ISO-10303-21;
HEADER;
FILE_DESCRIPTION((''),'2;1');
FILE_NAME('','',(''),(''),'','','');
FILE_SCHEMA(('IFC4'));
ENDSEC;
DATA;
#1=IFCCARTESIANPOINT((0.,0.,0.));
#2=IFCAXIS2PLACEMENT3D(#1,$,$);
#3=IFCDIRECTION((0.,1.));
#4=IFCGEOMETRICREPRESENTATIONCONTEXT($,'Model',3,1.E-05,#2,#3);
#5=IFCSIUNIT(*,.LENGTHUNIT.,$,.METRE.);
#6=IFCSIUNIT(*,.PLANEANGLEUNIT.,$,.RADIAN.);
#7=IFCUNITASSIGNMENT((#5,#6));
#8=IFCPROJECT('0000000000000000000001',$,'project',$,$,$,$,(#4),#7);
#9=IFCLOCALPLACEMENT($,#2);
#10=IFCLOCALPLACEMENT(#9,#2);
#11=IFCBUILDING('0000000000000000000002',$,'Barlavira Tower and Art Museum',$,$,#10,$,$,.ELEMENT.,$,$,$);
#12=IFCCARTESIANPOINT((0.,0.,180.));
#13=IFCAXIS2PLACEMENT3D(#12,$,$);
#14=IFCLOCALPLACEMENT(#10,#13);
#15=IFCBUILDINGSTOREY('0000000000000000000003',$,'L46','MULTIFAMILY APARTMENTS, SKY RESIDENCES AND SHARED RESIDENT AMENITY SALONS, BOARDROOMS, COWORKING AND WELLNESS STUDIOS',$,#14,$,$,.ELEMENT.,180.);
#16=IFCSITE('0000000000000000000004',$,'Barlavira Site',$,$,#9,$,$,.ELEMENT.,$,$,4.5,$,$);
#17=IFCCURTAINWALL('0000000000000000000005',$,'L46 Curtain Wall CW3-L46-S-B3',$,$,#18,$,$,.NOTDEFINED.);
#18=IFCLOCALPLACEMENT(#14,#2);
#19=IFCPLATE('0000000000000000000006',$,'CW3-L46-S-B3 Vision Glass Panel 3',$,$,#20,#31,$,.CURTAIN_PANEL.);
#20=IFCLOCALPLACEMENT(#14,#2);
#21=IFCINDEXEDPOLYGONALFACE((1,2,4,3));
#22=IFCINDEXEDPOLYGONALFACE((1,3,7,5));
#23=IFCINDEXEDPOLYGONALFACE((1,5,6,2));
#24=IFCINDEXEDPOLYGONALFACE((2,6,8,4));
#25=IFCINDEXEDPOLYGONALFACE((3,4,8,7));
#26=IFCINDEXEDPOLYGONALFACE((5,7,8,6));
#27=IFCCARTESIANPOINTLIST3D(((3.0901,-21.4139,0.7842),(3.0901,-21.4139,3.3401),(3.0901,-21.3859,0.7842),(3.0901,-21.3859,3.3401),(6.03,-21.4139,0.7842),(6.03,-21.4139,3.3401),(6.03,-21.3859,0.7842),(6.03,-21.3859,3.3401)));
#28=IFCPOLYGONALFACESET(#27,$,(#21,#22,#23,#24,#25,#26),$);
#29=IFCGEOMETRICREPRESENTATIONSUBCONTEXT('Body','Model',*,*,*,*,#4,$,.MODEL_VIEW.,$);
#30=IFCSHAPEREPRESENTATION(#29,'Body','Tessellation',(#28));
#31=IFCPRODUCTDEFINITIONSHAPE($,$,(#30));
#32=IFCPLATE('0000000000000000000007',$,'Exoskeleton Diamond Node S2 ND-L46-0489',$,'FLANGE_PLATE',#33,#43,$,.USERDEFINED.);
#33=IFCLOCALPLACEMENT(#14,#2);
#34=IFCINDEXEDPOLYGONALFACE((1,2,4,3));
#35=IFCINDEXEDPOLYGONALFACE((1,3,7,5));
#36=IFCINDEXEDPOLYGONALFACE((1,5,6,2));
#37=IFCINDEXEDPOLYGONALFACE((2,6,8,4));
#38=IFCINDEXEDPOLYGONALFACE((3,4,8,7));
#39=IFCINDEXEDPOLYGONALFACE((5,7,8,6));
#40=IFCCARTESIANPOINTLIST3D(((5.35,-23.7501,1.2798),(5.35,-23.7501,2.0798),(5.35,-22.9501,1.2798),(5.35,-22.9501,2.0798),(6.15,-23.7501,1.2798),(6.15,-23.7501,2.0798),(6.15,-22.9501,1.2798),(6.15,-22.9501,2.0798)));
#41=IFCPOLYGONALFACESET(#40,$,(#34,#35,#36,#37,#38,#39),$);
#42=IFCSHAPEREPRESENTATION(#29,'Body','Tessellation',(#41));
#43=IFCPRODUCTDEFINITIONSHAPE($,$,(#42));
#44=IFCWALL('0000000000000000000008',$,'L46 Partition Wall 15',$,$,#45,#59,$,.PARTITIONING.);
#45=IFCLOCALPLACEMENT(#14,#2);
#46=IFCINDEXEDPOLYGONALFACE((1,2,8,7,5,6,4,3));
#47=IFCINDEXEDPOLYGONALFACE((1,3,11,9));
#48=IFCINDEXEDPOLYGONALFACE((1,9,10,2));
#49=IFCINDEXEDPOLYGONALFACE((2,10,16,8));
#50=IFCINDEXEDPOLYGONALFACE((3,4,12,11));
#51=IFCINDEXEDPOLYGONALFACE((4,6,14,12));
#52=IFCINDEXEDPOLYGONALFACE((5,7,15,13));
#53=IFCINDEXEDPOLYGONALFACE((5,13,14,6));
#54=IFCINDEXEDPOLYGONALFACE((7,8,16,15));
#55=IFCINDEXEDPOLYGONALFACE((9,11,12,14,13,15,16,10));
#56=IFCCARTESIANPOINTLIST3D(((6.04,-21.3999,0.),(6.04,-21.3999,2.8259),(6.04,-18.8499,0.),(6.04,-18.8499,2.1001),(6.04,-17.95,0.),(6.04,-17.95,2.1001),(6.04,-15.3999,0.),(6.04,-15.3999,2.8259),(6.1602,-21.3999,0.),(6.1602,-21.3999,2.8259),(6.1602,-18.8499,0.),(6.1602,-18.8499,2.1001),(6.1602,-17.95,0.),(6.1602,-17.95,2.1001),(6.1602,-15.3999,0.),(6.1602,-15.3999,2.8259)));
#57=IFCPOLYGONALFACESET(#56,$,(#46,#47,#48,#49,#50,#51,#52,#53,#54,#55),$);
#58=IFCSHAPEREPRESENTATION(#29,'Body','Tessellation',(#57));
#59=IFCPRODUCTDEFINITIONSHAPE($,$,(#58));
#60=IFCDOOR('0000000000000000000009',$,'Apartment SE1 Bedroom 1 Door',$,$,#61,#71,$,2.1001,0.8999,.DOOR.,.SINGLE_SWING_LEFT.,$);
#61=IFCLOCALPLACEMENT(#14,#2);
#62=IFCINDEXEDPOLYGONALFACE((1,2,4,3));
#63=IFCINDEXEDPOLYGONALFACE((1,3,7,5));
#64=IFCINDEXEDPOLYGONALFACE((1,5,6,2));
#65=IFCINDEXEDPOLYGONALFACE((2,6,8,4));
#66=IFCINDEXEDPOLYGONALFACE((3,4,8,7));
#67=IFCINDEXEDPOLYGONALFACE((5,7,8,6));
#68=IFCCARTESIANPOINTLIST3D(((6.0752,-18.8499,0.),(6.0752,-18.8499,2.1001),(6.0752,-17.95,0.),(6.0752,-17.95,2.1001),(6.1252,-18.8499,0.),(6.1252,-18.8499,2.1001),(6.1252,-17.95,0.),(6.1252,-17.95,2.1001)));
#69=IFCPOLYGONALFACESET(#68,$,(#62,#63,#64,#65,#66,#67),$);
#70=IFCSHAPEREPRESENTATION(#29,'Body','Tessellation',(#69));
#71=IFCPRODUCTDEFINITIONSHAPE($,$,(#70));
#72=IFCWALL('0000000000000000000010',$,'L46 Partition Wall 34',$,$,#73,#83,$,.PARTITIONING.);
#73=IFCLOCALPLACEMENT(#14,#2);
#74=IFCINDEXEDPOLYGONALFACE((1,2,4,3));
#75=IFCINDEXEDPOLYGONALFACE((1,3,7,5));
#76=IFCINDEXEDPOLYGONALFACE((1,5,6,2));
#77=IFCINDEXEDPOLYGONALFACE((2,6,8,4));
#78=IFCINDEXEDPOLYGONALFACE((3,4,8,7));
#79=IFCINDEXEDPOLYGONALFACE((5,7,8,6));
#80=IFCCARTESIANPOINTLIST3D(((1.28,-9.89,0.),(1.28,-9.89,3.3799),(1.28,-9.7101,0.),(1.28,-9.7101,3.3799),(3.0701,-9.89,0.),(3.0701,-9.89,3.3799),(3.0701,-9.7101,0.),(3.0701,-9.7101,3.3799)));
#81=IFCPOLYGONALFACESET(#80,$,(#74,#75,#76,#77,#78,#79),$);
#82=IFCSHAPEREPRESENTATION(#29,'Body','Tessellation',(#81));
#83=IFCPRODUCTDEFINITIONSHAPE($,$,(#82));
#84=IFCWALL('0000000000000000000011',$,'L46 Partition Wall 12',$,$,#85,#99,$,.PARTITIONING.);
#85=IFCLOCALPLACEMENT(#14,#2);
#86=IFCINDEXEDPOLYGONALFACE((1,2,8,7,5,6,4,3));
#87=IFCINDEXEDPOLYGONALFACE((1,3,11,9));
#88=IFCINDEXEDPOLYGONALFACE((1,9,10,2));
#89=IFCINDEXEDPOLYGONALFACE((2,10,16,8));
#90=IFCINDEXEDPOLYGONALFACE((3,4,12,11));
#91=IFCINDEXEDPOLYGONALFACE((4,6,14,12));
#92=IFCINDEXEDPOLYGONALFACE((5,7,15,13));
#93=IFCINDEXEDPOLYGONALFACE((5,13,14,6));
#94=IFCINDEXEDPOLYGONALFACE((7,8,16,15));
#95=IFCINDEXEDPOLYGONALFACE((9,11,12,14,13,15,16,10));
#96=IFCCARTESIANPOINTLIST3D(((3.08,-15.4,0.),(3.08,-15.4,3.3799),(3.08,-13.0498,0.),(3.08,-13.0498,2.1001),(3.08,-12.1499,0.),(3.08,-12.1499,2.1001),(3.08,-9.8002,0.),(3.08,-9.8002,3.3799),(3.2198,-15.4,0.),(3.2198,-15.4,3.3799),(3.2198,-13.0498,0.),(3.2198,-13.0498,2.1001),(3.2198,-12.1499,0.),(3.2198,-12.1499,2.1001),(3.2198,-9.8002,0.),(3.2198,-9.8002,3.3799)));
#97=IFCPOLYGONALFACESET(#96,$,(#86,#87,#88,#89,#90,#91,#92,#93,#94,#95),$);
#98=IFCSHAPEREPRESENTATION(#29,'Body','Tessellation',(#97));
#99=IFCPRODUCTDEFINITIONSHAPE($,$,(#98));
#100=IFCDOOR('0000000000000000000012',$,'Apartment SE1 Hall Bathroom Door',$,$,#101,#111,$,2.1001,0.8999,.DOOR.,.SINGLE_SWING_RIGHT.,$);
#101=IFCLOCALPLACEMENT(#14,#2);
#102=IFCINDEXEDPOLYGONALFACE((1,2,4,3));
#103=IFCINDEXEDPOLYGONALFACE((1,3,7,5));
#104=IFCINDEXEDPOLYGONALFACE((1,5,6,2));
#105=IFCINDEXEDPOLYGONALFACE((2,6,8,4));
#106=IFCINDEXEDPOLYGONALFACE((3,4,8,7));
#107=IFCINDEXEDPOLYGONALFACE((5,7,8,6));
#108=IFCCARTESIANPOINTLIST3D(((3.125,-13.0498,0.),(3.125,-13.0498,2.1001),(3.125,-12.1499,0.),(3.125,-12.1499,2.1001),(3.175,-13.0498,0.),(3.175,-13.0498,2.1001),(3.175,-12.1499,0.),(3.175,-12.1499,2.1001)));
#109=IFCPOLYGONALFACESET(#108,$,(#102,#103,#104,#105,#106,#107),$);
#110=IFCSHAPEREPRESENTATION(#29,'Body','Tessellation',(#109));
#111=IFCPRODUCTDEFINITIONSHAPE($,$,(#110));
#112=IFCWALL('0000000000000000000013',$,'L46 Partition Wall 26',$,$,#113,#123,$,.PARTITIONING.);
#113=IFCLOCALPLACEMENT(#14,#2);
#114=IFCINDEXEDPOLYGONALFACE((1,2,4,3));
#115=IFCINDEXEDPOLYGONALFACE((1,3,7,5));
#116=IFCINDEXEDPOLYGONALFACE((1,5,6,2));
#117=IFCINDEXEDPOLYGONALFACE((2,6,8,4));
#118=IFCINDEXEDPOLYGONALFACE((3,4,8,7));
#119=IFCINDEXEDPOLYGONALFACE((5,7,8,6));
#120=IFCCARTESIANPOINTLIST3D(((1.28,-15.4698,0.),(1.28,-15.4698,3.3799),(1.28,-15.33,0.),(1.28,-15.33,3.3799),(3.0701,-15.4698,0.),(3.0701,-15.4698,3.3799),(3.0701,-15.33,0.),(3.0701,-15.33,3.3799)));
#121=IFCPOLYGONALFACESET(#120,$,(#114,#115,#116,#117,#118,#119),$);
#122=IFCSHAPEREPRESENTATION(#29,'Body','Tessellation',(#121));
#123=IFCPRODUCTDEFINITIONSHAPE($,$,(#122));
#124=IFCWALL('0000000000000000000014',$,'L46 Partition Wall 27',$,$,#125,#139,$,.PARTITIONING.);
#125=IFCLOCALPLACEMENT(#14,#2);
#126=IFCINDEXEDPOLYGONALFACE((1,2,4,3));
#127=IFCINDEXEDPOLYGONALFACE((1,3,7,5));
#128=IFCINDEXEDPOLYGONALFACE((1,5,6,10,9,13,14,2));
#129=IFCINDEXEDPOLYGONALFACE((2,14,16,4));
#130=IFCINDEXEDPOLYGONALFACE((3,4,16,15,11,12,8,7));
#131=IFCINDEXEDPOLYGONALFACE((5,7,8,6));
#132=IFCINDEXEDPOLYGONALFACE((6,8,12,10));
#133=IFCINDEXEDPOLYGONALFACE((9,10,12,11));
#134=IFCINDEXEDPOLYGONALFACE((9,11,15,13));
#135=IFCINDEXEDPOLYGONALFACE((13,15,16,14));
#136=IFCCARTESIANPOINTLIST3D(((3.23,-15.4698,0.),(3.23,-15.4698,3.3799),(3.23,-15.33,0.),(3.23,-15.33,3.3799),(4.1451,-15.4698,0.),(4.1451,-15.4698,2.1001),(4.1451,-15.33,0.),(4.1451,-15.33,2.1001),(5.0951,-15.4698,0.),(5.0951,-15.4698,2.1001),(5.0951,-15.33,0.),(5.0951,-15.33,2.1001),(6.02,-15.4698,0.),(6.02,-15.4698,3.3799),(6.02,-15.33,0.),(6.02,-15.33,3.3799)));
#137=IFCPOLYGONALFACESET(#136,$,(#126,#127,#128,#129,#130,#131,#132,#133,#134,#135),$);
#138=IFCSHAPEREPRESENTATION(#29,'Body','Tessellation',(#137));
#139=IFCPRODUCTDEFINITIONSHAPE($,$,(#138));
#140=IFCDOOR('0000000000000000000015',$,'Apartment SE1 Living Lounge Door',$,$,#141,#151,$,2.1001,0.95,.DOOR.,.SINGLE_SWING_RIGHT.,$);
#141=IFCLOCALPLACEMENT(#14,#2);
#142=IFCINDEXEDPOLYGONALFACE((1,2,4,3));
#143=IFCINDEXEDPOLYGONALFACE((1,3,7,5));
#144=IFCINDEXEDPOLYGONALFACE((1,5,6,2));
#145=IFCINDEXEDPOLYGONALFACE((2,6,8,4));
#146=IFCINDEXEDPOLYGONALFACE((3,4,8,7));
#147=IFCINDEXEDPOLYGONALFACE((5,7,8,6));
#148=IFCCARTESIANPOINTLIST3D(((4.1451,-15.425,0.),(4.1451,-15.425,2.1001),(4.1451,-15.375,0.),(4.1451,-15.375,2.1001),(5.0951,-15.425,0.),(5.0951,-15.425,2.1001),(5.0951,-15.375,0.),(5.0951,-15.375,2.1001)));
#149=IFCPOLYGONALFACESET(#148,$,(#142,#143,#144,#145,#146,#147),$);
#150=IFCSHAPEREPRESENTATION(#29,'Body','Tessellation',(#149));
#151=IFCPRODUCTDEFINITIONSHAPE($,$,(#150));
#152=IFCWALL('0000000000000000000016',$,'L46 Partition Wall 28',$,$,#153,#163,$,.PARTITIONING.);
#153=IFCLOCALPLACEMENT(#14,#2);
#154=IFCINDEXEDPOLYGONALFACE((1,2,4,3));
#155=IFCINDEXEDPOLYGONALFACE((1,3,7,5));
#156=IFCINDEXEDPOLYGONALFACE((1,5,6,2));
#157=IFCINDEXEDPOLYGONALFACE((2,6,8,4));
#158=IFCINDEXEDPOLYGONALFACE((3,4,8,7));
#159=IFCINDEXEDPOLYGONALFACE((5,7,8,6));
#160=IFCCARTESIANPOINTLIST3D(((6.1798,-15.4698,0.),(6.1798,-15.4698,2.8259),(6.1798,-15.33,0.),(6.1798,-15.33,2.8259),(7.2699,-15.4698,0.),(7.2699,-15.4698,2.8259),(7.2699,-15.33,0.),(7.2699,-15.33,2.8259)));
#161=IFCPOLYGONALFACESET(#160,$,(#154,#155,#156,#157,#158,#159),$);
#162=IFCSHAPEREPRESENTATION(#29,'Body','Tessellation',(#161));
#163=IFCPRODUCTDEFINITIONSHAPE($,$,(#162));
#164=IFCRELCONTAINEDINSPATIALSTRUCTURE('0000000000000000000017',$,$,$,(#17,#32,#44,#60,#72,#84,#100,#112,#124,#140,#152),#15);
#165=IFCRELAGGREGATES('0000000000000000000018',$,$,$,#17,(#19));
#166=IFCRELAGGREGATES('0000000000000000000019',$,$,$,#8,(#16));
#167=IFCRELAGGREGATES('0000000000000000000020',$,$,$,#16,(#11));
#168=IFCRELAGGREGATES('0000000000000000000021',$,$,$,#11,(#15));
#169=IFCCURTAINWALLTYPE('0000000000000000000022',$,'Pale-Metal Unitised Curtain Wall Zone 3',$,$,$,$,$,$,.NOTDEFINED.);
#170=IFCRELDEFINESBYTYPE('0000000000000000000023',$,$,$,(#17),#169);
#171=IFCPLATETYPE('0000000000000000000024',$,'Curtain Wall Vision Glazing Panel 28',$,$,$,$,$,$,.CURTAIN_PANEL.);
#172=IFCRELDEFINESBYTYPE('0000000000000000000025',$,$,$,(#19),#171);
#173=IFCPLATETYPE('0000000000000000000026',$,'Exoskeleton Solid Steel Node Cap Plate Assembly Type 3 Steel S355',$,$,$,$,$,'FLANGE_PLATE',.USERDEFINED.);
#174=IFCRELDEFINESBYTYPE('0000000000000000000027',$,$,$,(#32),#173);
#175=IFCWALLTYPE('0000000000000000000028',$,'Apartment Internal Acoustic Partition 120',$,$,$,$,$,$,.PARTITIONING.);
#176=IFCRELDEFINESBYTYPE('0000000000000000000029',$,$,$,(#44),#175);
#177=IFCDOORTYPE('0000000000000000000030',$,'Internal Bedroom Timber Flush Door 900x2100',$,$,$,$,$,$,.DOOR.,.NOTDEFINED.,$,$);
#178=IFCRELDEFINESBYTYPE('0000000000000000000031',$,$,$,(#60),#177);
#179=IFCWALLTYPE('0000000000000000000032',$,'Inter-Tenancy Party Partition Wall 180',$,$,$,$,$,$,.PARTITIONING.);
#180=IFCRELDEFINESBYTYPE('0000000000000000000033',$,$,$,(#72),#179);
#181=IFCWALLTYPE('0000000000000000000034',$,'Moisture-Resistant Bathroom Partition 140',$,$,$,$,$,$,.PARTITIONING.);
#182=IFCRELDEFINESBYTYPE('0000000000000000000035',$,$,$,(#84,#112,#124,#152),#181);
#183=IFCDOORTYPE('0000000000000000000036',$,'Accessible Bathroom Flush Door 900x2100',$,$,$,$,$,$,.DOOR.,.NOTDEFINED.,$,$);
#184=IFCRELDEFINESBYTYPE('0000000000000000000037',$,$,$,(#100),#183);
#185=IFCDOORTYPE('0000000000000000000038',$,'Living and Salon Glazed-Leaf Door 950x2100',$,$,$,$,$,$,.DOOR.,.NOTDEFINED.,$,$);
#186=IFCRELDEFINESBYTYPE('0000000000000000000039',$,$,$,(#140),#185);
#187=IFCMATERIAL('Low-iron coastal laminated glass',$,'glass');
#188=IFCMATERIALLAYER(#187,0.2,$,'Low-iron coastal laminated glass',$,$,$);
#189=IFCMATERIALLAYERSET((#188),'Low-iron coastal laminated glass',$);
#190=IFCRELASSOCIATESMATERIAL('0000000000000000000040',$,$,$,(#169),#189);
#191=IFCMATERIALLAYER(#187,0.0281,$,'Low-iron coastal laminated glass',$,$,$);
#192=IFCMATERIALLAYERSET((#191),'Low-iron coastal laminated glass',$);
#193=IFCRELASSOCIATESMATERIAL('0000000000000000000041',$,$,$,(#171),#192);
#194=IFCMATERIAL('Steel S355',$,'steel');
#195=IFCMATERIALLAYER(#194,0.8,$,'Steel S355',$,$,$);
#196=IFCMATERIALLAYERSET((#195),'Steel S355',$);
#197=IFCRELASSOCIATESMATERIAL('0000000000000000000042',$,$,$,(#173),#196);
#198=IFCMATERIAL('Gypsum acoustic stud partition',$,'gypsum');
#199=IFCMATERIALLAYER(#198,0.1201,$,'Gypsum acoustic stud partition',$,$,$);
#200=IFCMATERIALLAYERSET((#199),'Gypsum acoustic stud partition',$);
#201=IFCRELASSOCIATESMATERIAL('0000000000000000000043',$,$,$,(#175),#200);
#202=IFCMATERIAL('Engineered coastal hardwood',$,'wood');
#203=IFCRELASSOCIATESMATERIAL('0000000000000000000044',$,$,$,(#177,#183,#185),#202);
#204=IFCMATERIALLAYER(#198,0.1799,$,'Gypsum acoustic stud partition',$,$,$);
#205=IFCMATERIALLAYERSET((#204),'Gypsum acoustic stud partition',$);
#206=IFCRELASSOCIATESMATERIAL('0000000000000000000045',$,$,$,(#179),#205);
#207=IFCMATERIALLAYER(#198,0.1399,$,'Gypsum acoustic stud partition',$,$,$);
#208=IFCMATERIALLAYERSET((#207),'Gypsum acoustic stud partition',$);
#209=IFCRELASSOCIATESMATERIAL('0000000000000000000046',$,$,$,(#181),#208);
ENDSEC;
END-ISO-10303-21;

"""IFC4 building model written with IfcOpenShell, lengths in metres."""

from ifc_helpers import new_model, si_unit, direction, frame, frame_2d, origin, origin_2d, place, context, subcontext, project, spatial, rectangle, extrude, material, layer, layer_set, type_object, element, fill, aggregate, save


model = new_model("IFC4")

# Units and contexts
model_context = context("Model", 3, precision=1e-05, world=origin(), true_north=direction((0.0, 1.0)))
body_context = subcontext(model_context, "Body", "Model", "MODEL_VIEW")
ifc_project = project(units=[si_unit("LENGTHUNIT", "METRE"), si_unit("PLANEANGLEUNIT", "RADIAN")], contexts=[model_context])

# Site, building, storey
site_placement = place(None, origin())
site = spatial("IfcSite", under=ifc_project, at=site_placement, Name="Barlavira Site", CompositionType="ELEMENT", RefElevation=4.5)
building_placement = place(site_placement, origin())
building = spatial("IfcBuilding", under=site, at=building_placement, Name="Barlavira Tower and Art Museum", CompositionType="ELEMENT")
storey_placement = place(building_placement, frame((0.0, 0.0, 180.0)))
storey = spatial("IfcBuildingStorey", under=building, at=storey_placement, Name="L46", Description="MULTIFAMILY APARTMENTS, SKY RESIDENCES AND SHARED RESIDENT AMENITY SALONS, BOARDROOMS, COWORKING AND WELLNESS STUDIOS", CompositionType="ELEMENT", Elevation=180.0)

# Curtain wall
ifc_material_1 = material(Name="Low-iron coastal laminated glass", Category="glass")
ifc_layer_1 = layer(ifc_material_1, 0.2, Name="Low-iron coastal laminated glass")
ifc_layer_set_1 = layer_set([ifc_layer_1], Name="Low-iron coastal laminated glass")
curtain_wall_type = type_object("IfcCurtainWallType", Name="Pale-Metal Unitised Curtain Wall Zone 3", PredefinedType="NOTDEFINED", material=ifc_layer_set_1)
curtain_wall_placement = place(storey_placement, origin())
curtain_wall = element("IfcCurtainWall", 1, at=curtain_wall_placement, inside=storey, type_object=curtain_wall_type, Name="L46 Curtain Wall CW3-L46-S-B3", PredefinedType="NOTDEFINED")

# Shared definitions
ifc_material_2 = material(Name="Steel S355", Category="steel")

# Plates
ifc_layer_2 = layer(ifc_material_1, 0.0281, Name="Low-iron coastal laminated glass")
ifc_layer_set_2 = layer_set([ifc_layer_2], Name="Low-iron coastal laminated glass")
plate_type_1 = type_object("IfcPlateType", Name="Curtain Wall Vision Glazing Panel 28", PredefinedType="CURTAIN_PANEL", material=ifc_layer_set_2)
plate_1_placement = place(storey_placement, frame((4.5601, -21.3999, 0.7842), z_axis=(0.0, 0.0, 1.0), x_axis=(1.0, 0.0, 0.0)))
plate_1 = element("IfcPlate", 2, at=plate_1_placement, type_object=plate_type_1, Name="CW3-L46-S-B3 Vision Glass Panel 3", PredefinedType="CURTAIN_PANEL", context=body_context, shape_type="SweptSolid", body=[
    extrude(rectangle(XDim=2.9399, YDim=0.0281, at=origin_2d()), origin(), (0.0, 0.0, 1.0), 2.5559),
])
aggregate(curtain_wall, [plate_1])
ifc_layer_3 = layer(ifc_material_2, 0.8, Name="Steel S355")
ifc_layer_set_3 = layer_set([ifc_layer_3], Name="Steel S355")
plate_type_2 = type_object("IfcPlateType", Name="Exoskeleton Solid Steel Node Cap Plate Assembly Type 3 Steel S355", ElementType="FLANGE_PLATE", PredefinedType="USERDEFINED", material=ifc_layer_set_3)
plate_2_placement = place(storey_placement, frame((5.75, -23.3501, 1.2798), z_axis=(0.0, 0.0, 1.0), x_axis=(1.0, 0.0, 0.0)))
element("IfcPlate", 3, at=plate_2_placement, inside=storey, type_object=plate_type_2, Name="Exoskeleton Diamond Node S2 ND-L46-0489", ObjectType="FLANGE_PLATE", PredefinedType="USERDEFINED", context=body_context, shape_type="SweptSolid", body=[
    extrude(rectangle(XDim=0.8, YDim=0.8, at=origin_2d()), origin(), (0.0, 0.0, 1.0), 0.8),
])

# Wall, opening, door
ifc_material_3 = material(Name="Gypsum acoustic stud partition", Category="gypsum")
ifc_layer_4 = layer(ifc_material_3, 0.1201, Name="Gypsum acoustic stud partition")
ifc_layer_set_4 = layer_set([ifc_layer_4], Name="Gypsum acoustic stud partition")
wall_type_1 = type_object("IfcWallType", Name="Apartment Internal Acoustic Partition 120", PredefinedType="PARTITIONING", material=ifc_layer_set_4)
wall_1_placement = place(storey_placement, frame((6.1001, -21.3999, 0.0), z_axis=(0.0, 0.0, 1.0), x_axis=(0.0, 1.0, 0.0)))
wall_1 = element("IfcWall", 4, at=wall_1_placement, inside=storey, type_object=wall_type_1, Name="L46 Partition Wall 15", PredefinedType="PARTITIONING", context=body_context, shape_type="SweptSolid", body=[
    extrude(rectangle(XDim=6.0, YDim=0.1201, at=frame_2d((3.0, 0.0))), origin(), (0.0, 0.0, 1.0), 2.8259),
])
opening_1_placement = place(wall_1_placement, frame((2.55, 0.0, 0.0)))
opening_1 = element("IfcOpeningElement", 5, at=opening_1_placement, cuts=wall_1, PredefinedType="OPENING", context=body_context, shape_type="SweptSolid", body=[
    extrude(rectangle(XDim=0.8999, YDim=2.1001, at=frame_2d((0.45, 1.05))), frame((0.0, 0.0701, 0.0), z_axis=(0.0, -1.0, 0.0), x_axis=(1.0, 0.0, 0.0)), (0.0, 0.0, 1.0), 0.1401),
])
ifc_material_4 = material(Name="Engineered coastal hardwood", Category="wood")
door_type_1 = type_object("IfcDoorType", Name="Internal Bedroom Timber Flush Door 900x2100", OperationType="NOTDEFINED", PredefinedType="DOOR", material=ifc_material_4)
door_1_placement = place(opening_1_placement, origin())
door_1 = element("IfcDoor", 6, at=door_1_placement, inside=storey, type_object=door_type_1, Name="Apartment SE1 Bedroom 1 Door", OperationType="SINGLE_SWING_LEFT", OverallHeight=2.1001, OverallWidth=0.8999, PredefinedType="DOOR", context=body_context, shape_type="SweptSolid", body=[
    extrude(rectangle(XDim=0.8999, YDim=2.1001, at=frame_2d((0.45, 1.05))), frame((0.0, 0.0249, 0.0), z_axis=(0.0, -1.0, 0.0), x_axis=(1.0, 0.0, 0.0)), (0.0, 0.0, 1.0), 0.05),
])
fill(opening_1, door_1)

# Wall
ifc_layer_5 = layer(ifc_material_3, 0.1799, Name="Gypsum acoustic stud partition")
ifc_layer_set_5 = layer_set([ifc_layer_5], Name="Gypsum acoustic stud partition")
wall_type_2 = type_object("IfcWallType", Name="Inter-Tenancy Party Partition Wall 180", PredefinedType="PARTITIONING", material=ifc_layer_set_5)
wall_2_placement = place(storey_placement, frame((1.28, -9.8, 0.0), z_axis=(0.0, 0.0, 1.0), x_axis=(1.0, 0.0, 0.0)))
element("IfcWall", 7, at=wall_2_placement, inside=storey, type_object=wall_type_2, Name="L46 Partition Wall 34", PredefinedType="PARTITIONING", context=body_context, shape_type="SweptSolid", body=[
    extrude(rectangle(XDim=1.79, YDim=0.1799, at=frame_2d((0.895, 0.0))), origin(), (0.0, 0.0, 1.0), 3.3799),
])

# Wall, opening, door
ifc_layer_6 = layer(ifc_material_3, 0.1399, Name="Gypsum acoustic stud partition")
ifc_layer_set_6 = layer_set([ifc_layer_6], Name="Gypsum acoustic stud partition")
wall_type_3 = type_object("IfcWallType", Name="Moisture-Resistant Bathroom Partition 140", PredefinedType="PARTITIONING", material=ifc_layer_set_6)
wall_3_placement = place(storey_placement, frame((3.1499, -15.3999, 0.0), z_axis=(0.0, 0.0, 1.0), x_axis=(0.0, 1.0, 0.0)))
wall_3 = element("IfcWall", 8, at=wall_3_placement, inside=storey, type_object=wall_type_3, Name="L46 Partition Wall 12", PredefinedType="PARTITIONING", context=body_context, shape_type="SweptSolid", body=[
    extrude(rectangle(XDim=5.5999, YDim=0.1399, at=frame_2d((2.7998, 0.0))), origin(), (0.0, 0.0, 1.0), 3.3799),
])
opening_2_placement = place(wall_3_placement, frame((2.3501, 0.0, 0.0)))
opening_2 = element("IfcOpeningElement", 9, at=opening_2_placement, cuts=wall_3, PredefinedType="OPENING", context=body_context, shape_type="SweptSolid", body=[
    extrude(rectangle(XDim=0.8999, YDim=2.1001, at=frame_2d((0.45, 1.05))), frame((0.0, 0.0801, 0.0), z_axis=(0.0, -1.0, 0.0), x_axis=(1.0, 0.0, 0.0)), (0.0, 0.0, 1.0), 0.1599),
])
door_type_2 = type_object("IfcDoorType", Name="Accessible Bathroom Flush Door 900x2100", OperationType="NOTDEFINED", PredefinedType="DOOR", material=ifc_material_4)
door_2_placement = place(opening_2_placement, origin())
door_2 = element("IfcDoor", 10, at=door_2_placement, inside=storey, type_object=door_type_2, Name="Apartment SE1 Hall Bathroom Door", OperationType="SINGLE_SWING_RIGHT", OverallHeight=2.1001, OverallWidth=0.8999, PredefinedType="DOOR", context=body_context, shape_type="SweptSolid", body=[
    extrude(rectangle(XDim=0.8999, YDim=2.1001, at=frame_2d((0.45, 1.05))), frame((0.0, 0.0249, 0.0), z_axis=(0.0, -1.0, 0.0), x_axis=(1.0, 0.0, 0.0)), (0.0, 0.0, 1.0), 0.05),
])
fill(opening_2, door_2)

# Wall
wall_4_placement = place(storey_placement, frame((1.28, -15.3999, 0.0), z_axis=(0.0, 0.0, 1.0), x_axis=(1.0, 0.0, 0.0)))
element("IfcWall", 11, at=wall_4_placement, inside=storey, type_object=wall_type_3, Name="L46 Partition Wall 26", PredefinedType="PARTITIONING", context=body_context, shape_type="SweptSolid", body=[
    extrude(rectangle(XDim=1.79, YDim=0.1399, at=frame_2d((0.895, 0.0))), origin(), (0.0, 0.0, 1.0), 3.3799),
])

# Wall, opening, door
wall_5_placement = place(storey_placement, frame((3.23, -15.3999, 0.0), z_axis=(0.0, 0.0, 1.0), x_axis=(1.0, 0.0, 0.0)))
wall_5 = element("IfcWall", 12, at=wall_5_placement, inside=storey, type_object=wall_type_3, Name="L46 Partition Wall 27", PredefinedType="PARTITIONING", context=body_context, shape_type="SweptSolid", body=[
    extrude(rectangle(XDim=2.79, YDim=0.1399, at=frame_2d((1.395, 0.0))), origin(), (0.0, 0.0, 1.0), 3.3799),
])
opening_3_placement = place(wall_5_placement, frame((0.915, 0.0, 0.0)))
opening_3 = element("IfcOpeningElement", 13, at=opening_3_placement, cuts=wall_5, PredefinedType="OPENING", context=body_context, shape_type="SweptSolid", body=[
    extrude(rectangle(XDim=0.95, YDim=2.1001, at=frame_2d((0.4751, 1.05))), frame((0.0, 0.0801, 0.0), z_axis=(0.0, -1.0, 0.0), x_axis=(1.0, 0.0, 0.0)), (0.0, 0.0, 1.0), 0.1599),
])
door_type_3 = type_object("IfcDoorType", Name="Living and Salon Glazed-Leaf Door 950x2100", OperationType="NOTDEFINED", PredefinedType="DOOR", material=ifc_material_4)
door_3_placement = place(opening_3_placement, origin())
door_3 = element("IfcDoor", 14, at=door_3_placement, inside=storey, type_object=door_type_3, Name="Apartment SE1 Living Lounge Door", OperationType="SINGLE_SWING_RIGHT", OverallHeight=2.1001, OverallWidth=0.95, PredefinedType="DOOR", context=body_context, shape_type="SweptSolid", body=[
    extrude(rectangle(XDim=0.95, YDim=2.1001, at=frame_2d((0.4751, 1.05))), frame((0.0, 0.0249, 0.0), z_axis=(0.0, -1.0, 0.0), x_axis=(1.0, 0.0, 0.0)), (0.0, 0.0, 1.0), 0.05),
])
fill(opening_3, door_3)

# Wall
wall_6_placement = place(storey_placement, frame((6.1799, -15.3999, 0.0), z_axis=(0.0, 0.0, 1.0), x_axis=(1.0, 0.0, 0.0)))
element("IfcWall", 15, at=wall_6_placement, inside=storey, type_object=wall_type_3, Name="L46 Partition Wall 28", PredefinedType="PARTITIONING", context=body_context, shape_type="SweptSolid", body=[
    extrude(rectangle(XDim=1.0901, YDim=0.1399, at=frame_2d((0.5449, 0.0))), origin(), (0.0, 0.0, 1.0), 2.8259),
])

save(model, "model.ifc")
